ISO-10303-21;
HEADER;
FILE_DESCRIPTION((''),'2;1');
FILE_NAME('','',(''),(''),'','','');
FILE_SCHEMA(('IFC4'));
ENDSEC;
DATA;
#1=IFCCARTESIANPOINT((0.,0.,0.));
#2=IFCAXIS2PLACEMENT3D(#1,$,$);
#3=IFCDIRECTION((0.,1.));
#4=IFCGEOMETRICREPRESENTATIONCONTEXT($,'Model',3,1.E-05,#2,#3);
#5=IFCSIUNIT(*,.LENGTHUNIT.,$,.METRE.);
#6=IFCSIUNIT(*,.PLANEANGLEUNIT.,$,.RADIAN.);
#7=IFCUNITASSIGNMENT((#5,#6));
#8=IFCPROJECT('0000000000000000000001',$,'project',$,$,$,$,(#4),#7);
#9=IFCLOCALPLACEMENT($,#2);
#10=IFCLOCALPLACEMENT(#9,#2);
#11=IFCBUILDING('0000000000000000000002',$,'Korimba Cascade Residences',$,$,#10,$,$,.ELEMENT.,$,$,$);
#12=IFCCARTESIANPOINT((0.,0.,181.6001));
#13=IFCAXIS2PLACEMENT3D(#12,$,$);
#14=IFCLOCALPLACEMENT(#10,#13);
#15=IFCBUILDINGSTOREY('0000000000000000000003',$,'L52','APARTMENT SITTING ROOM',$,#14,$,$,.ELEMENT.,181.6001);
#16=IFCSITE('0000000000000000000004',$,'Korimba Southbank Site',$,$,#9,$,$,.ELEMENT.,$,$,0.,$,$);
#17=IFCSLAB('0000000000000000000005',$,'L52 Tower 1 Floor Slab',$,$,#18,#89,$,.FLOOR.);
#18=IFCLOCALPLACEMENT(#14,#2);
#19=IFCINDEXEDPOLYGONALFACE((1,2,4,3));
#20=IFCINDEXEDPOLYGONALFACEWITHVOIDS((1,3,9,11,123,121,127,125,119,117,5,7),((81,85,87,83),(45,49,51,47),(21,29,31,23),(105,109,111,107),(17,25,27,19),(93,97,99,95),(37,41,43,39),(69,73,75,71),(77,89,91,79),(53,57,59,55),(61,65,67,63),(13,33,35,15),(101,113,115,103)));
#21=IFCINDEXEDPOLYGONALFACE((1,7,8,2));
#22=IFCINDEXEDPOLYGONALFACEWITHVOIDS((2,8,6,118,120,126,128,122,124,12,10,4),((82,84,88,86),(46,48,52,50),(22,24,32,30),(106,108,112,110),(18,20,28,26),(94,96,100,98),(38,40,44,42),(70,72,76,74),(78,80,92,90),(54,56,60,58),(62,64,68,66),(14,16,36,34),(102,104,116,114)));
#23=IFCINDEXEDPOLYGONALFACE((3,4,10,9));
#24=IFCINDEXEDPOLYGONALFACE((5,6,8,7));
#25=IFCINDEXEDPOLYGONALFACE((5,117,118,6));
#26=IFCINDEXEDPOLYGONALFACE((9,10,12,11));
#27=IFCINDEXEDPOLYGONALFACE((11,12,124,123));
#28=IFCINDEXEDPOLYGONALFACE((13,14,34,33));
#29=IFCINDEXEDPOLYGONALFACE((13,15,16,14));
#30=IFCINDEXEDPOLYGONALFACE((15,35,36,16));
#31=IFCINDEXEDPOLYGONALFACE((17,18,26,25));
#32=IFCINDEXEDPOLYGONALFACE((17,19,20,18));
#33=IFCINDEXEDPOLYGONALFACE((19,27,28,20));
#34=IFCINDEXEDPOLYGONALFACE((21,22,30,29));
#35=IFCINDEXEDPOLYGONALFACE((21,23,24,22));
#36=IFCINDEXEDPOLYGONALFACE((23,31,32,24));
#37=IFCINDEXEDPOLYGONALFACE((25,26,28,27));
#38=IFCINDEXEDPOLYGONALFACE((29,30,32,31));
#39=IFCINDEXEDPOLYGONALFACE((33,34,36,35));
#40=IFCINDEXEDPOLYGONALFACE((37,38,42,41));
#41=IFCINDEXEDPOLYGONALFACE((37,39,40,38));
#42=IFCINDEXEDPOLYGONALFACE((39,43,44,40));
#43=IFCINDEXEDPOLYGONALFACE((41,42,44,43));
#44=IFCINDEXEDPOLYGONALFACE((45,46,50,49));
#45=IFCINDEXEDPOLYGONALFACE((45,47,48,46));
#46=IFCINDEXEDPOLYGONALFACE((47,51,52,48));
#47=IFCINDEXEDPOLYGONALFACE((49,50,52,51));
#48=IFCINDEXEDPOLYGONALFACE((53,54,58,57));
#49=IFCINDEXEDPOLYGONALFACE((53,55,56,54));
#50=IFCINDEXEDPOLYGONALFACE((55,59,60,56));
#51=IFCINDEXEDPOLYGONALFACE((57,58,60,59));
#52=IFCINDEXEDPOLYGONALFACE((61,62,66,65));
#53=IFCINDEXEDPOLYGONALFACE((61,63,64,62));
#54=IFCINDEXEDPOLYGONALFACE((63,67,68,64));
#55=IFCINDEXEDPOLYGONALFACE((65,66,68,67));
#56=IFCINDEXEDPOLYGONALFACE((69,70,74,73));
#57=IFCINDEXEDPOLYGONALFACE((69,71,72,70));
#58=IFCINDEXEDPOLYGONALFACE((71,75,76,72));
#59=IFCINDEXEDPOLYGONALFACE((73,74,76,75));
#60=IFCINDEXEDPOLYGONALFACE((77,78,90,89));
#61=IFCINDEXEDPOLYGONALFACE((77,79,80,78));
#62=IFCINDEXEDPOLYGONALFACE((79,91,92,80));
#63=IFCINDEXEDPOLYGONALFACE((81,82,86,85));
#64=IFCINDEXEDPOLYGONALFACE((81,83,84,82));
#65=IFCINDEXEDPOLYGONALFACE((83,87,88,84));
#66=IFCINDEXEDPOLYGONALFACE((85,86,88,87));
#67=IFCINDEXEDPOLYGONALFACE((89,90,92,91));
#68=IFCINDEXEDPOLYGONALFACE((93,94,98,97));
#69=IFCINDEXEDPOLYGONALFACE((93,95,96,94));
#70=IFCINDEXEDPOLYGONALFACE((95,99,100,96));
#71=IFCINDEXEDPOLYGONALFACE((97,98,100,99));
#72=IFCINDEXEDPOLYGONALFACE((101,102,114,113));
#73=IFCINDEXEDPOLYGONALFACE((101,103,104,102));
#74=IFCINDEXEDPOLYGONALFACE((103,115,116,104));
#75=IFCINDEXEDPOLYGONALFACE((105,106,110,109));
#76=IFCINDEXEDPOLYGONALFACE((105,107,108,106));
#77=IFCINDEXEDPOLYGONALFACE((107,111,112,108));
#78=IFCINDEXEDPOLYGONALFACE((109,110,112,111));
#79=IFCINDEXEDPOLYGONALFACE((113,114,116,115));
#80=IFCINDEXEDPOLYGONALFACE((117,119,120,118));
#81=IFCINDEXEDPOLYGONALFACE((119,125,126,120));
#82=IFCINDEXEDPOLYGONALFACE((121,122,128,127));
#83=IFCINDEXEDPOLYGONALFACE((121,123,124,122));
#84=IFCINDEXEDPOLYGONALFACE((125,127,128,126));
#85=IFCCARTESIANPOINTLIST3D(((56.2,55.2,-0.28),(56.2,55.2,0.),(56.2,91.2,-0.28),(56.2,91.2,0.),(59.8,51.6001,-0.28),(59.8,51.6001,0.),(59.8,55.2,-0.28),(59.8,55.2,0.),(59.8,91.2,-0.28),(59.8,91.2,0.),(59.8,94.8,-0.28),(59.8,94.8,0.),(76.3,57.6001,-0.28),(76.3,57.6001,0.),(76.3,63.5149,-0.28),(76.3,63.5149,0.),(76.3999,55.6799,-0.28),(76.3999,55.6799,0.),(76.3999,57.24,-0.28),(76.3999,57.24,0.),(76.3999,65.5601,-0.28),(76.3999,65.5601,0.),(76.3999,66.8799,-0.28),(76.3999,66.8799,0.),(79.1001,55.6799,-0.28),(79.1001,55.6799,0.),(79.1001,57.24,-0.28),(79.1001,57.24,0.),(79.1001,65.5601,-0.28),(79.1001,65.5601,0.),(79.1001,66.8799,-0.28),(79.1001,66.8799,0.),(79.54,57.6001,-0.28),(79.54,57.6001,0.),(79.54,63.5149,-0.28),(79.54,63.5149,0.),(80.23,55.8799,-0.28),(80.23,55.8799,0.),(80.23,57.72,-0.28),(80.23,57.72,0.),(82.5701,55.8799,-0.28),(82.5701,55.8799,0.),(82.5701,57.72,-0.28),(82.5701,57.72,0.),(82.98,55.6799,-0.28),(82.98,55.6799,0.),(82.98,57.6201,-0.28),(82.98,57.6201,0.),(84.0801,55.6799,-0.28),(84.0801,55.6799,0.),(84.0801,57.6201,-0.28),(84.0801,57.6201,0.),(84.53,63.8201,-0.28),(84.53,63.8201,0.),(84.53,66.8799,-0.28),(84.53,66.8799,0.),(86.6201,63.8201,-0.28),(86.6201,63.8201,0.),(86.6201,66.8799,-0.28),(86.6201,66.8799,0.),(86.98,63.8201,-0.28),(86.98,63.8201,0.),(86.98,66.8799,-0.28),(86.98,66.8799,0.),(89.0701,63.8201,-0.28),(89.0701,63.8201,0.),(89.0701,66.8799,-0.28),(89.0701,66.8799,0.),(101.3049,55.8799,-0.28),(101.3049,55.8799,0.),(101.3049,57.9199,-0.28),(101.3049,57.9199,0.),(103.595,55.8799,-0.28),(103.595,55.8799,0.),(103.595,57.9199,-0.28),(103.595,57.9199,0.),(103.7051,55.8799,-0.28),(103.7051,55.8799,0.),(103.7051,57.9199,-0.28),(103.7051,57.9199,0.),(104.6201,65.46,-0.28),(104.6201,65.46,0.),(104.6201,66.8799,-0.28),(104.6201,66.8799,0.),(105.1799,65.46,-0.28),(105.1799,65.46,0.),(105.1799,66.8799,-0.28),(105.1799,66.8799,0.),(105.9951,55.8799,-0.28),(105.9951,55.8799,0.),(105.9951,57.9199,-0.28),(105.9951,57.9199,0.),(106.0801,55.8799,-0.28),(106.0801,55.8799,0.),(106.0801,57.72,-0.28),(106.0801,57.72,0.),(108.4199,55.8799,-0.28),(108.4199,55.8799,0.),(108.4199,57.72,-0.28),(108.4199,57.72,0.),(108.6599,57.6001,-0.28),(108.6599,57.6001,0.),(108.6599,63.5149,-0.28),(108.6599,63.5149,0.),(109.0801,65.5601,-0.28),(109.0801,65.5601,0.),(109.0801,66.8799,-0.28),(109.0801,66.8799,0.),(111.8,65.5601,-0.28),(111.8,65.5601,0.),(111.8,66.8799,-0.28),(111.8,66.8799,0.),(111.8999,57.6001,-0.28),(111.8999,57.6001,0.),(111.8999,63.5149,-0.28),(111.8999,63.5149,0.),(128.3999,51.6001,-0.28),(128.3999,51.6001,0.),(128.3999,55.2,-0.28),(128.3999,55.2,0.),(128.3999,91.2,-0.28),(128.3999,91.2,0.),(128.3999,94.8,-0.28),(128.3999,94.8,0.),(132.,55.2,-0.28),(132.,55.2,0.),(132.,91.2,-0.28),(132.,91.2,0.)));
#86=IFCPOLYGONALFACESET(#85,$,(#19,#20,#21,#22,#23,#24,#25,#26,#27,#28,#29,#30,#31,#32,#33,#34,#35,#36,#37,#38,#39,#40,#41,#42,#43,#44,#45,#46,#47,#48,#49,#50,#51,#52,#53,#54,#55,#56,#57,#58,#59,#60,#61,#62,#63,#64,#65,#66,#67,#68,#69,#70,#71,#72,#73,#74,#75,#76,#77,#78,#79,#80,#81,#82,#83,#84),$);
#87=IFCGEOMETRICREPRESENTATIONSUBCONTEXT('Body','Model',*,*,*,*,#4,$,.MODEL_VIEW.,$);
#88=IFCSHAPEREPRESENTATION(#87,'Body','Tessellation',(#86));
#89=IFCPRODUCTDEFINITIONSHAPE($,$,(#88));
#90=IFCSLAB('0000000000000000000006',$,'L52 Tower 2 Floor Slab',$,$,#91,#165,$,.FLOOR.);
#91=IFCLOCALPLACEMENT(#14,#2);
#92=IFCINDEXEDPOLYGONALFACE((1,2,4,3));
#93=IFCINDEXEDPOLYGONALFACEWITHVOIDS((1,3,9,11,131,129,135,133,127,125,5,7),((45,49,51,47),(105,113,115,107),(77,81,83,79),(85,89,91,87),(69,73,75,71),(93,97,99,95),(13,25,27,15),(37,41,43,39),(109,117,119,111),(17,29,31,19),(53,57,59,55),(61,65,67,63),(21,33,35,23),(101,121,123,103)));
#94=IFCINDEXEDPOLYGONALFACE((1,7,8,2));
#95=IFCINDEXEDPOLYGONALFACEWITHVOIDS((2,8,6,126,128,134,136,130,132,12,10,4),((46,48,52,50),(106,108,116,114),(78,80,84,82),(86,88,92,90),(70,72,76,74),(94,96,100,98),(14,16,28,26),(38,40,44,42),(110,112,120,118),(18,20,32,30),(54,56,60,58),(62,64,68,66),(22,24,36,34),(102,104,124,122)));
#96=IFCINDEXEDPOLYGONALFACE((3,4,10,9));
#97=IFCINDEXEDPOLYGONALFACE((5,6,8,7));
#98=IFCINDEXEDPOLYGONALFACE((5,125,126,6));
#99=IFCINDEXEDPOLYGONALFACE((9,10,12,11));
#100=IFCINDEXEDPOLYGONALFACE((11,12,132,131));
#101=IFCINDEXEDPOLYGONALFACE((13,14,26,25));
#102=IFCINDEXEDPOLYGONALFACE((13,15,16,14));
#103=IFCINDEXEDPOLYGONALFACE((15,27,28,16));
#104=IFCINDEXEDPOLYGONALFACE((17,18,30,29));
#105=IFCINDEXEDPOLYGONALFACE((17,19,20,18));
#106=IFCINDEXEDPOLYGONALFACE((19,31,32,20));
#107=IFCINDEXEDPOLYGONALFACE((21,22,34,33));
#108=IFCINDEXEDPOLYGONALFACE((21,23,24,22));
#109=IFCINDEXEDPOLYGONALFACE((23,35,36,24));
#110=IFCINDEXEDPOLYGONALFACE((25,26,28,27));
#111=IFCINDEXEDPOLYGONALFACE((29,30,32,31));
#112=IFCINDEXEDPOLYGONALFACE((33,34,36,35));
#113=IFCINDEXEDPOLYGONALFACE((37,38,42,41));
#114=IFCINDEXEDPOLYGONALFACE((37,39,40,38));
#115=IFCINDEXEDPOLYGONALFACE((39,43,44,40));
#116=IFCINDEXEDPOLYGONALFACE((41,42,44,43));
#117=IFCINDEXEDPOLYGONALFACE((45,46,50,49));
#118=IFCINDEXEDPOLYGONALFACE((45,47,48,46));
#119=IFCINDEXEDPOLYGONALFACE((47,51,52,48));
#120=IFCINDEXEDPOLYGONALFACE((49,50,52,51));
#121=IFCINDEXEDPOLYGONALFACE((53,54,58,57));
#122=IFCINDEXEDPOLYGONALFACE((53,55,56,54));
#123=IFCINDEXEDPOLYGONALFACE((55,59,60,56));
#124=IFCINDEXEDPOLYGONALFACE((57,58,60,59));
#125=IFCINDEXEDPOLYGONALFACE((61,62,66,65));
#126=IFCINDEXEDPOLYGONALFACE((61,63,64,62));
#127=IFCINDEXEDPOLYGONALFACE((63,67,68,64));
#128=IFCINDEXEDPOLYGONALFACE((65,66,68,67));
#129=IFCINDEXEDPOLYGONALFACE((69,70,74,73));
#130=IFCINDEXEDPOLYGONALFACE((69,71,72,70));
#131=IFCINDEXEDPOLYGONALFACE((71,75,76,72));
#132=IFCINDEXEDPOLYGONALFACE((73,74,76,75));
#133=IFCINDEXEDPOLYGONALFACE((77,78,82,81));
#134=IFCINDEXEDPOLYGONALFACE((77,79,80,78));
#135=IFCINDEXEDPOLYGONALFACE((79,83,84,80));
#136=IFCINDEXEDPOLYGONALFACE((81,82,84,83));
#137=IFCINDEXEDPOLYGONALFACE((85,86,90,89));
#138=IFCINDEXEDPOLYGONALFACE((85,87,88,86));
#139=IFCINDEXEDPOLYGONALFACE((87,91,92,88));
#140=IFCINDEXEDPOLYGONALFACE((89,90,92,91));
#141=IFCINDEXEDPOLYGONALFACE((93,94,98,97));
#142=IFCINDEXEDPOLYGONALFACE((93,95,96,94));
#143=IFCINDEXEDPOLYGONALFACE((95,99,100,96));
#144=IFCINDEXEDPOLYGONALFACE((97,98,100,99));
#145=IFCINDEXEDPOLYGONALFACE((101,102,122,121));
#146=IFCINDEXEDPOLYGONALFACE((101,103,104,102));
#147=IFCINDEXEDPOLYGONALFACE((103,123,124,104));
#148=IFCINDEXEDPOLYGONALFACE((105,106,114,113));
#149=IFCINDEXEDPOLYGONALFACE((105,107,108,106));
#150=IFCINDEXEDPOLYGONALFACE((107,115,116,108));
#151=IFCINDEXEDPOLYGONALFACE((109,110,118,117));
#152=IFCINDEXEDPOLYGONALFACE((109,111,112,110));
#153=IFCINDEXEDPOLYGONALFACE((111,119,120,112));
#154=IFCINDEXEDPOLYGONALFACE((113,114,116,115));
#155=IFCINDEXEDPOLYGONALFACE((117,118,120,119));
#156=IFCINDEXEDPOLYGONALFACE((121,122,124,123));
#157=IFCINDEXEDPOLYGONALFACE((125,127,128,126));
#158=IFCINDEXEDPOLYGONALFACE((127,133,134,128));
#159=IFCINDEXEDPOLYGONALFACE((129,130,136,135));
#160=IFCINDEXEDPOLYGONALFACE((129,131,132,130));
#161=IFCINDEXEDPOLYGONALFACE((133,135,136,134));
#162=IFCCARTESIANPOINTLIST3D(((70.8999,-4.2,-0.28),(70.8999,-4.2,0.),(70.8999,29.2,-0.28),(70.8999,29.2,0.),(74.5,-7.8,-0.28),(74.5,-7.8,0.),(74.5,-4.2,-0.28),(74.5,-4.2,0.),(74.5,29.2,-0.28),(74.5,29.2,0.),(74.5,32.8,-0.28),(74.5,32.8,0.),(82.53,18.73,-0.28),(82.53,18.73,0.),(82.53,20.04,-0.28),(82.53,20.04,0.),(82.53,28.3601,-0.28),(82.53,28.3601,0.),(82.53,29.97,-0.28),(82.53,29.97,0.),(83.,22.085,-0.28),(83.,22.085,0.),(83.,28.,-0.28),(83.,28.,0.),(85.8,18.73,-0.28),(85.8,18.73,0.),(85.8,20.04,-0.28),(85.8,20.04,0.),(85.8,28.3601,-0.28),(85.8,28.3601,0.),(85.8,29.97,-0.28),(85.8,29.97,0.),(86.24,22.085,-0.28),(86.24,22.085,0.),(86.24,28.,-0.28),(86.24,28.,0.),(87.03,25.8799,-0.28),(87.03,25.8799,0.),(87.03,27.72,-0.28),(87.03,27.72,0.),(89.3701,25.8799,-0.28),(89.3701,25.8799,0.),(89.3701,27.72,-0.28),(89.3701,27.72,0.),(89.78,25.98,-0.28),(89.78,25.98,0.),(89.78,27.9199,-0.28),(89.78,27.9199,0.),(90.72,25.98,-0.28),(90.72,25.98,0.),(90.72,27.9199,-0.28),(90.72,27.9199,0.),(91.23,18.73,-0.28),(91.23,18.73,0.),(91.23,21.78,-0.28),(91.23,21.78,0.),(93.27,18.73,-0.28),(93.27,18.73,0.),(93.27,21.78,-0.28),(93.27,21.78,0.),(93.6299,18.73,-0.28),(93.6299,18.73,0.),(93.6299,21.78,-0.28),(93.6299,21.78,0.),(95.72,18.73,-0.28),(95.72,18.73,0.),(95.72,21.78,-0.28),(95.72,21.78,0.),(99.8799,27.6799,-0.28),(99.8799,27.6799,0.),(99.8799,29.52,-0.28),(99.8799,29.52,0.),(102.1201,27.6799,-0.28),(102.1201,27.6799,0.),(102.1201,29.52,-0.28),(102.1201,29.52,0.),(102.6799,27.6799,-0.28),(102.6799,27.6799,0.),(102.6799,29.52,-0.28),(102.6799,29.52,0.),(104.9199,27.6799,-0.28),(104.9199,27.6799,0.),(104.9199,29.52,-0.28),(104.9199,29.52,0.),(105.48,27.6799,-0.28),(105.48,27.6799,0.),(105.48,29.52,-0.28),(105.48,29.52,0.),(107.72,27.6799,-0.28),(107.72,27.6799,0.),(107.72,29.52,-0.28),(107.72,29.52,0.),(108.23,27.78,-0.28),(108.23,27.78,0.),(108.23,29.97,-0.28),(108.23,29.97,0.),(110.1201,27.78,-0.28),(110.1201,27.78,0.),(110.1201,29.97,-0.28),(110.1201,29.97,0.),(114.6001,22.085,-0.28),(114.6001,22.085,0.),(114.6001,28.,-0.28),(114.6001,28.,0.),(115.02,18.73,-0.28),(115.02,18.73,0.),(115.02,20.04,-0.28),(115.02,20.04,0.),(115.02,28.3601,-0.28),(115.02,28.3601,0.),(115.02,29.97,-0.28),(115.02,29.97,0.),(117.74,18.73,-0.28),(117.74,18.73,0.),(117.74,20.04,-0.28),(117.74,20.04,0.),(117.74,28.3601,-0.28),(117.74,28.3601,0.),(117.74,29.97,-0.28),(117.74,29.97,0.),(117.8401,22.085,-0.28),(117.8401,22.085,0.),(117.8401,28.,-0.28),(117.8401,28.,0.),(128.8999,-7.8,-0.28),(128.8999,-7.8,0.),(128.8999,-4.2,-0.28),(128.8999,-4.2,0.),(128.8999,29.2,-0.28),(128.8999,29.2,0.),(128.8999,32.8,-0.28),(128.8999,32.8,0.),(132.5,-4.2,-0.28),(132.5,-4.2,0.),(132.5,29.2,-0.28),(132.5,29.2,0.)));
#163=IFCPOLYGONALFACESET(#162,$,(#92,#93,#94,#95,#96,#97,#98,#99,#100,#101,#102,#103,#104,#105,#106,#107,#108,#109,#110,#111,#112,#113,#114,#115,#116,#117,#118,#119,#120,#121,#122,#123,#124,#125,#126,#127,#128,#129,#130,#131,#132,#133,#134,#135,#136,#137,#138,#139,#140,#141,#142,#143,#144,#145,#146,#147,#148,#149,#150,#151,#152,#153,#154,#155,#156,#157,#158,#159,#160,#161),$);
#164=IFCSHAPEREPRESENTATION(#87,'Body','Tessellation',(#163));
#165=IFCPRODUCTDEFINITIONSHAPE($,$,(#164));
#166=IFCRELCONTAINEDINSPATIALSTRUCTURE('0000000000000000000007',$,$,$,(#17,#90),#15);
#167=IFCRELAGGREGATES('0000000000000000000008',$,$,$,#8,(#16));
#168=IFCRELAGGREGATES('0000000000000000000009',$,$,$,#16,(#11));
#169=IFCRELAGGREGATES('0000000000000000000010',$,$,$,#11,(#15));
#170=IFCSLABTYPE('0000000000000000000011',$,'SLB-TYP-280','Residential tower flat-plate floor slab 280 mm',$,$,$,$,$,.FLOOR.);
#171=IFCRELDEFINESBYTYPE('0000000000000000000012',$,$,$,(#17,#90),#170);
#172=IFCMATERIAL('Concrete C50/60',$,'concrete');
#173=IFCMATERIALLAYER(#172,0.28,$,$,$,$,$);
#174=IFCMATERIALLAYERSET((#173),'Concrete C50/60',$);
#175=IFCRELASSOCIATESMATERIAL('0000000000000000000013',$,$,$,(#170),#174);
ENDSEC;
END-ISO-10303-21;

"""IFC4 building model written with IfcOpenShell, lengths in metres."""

from ifc_helpers import new_model, si_unit, direction, frame, origin, place, context, subcontext, project, spatial, polyline, outline, extrude, material, layer, layer_set, type_object, element, save


model = new_model("IFC4")

# Units and contexts
model_context = context("Model", 3, precision=1e-05, world=origin(), true_north=direction((0.0, 1.0)))
body_context = subcontext(model_context, "Body", "Model", "MODEL_VIEW")
ifc_project = project(units=[si_unit("LENGTHUNIT", "METRE"), si_unit("PLANEANGLEUNIT", "RADIAN")], contexts=[model_context])

# Site, building, storey
site_placement = place(None, origin())
site = spatial("IfcSite", under=ifc_project, at=site_placement, Name="Korimba Southbank Site", CompositionType="ELEMENT", RefElevation=0.0)
building_placement = place(site_placement, origin())
building = spatial("IfcBuilding", under=site, at=building_placement, Name="Korimba Cascade Residences", CompositionType="ELEMENT")
storey_placement = place(building_placement, frame((0.0, 0.0, 181.6001)))
storey = spatial("IfcBuildingStorey", under=building, at=storey_placement, Name="L52", Description="APARTMENT SITTING ROOM", CompositionType="ELEMENT", Elevation=181.6001)

# Shared definitions
ifc_material_1 = material(Name="Concrete C50/60", Category="concrete")

# Slabs
ifc_layer_1 = layer(ifc_material_1, 0.28)
ifc_layer_set_1 = layer_set([ifc_layer_1], Name="Concrete C50/60")
slab_type_1 = type_object("IfcSlabType", Name="SLB-TYP-280", Description="Residential tower flat-plate floor slab 280 mm", PredefinedType="FLOOR", material=ifc_layer_set_1)
slab_1_placement = place(storey_placement, frame((0.0, 0.0, -0.28)))
element("IfcSlab", 1, at=slab_1_placement, inside=storey, type_object=slab_type_1, Name="L52 Tower 1 Floor Slab", PredefinedType="FLOOR", context=body_context, shape_type="SweptSolid", body=[
    extrude(outline(polyline([(59.8, 51.6001), (128.3999, 51.6001), (128.3999, 55.2), (132.0, 55.2), (132.0, 91.2), (128.3999, 91.2), (128.3999, 94.8), (59.8, 94.8), (59.8, 91.2), (56.2, 91.2), (56.2, 55.2), (59.8, 55.2), (59.8, 51.6001)]), holes=[polyline([(76.3, 63.5149), (76.3, 57.6001), (79.54, 57.6001), (79.54, 63.5149), (76.3, 63.5149)]), polyline([(108.6599, 63.5149), (108.6599, 57.6001), (111.8999, 57.6001), (111.8999, 63.5149), (108.6599, 63.5149)]), polyline([(80.23, 55.8799), (82.5701, 55.8799), (82.5701, 57.72), (80.23, 57.72), (80.23, 55.8799)]), polyline([(106.0801, 55.8799), (108.4199, 55.8799), (108.4199, 57.72), (106.0801, 57.72), (106.0801, 55.8799)]), polyline([(101.3049, 55.8799), (103.595, 55.8799), (103.595, 57.9199), (101.3049, 57.9199), (101.3049, 55.8799)]), polyline([(103.7051, 55.8799), (105.9951, 55.8799), (105.9951, 57.9199), (103.7051, 57.9199), (103.7051, 55.8799)]), polyline([(82.98, 55.6799), (84.0801, 55.6799), (84.0801, 57.6201), (82.98, 57.6201), (82.98, 55.6799)]), polyline([(76.3999, 65.5601), (79.1001, 65.5601), (79.1001, 66.8799), (76.3999, 66.8799), (76.3999, 65.5601)]), polyline([(76.3999, 55.6799), (79.1001, 55.6799), (79.1001, 57.24), (76.3999, 57.24), (76.3999, 55.6799)]), polyline([(84.53, 63.8201), (86.6201, 63.8201), (86.6201, 66.8799), (84.53, 66.8799), (84.53, 63.8201)]), polyline([(86.98, 63.8201), (89.0701, 63.8201), (89.0701, 66.8799), (86.98, 66.8799), (86.98, 63.8201)]), polyline([(104.6201, 65.46), (105.1799, 65.46), (105.1799, 66.8799), (104.6201, 66.8799), (104.6201, 65.46)]), polyline([(109.0801, 65.5601), (111.8, 65.5601), (111.8, 66.8799), (109.0801, 66.8799), (109.0801, 65.5601)])]), origin(), (0.0, 0.0, 1.0), 0.28),
])
slab_2_placement = place(storey_placement, frame((0.0, 0.0, -0.28)))
element("IfcSlab", 2, at=slab_2_placement, inside=storey, type_object=slab_type_1, Name="L52 Tower 2 Floor Slab", PredefinedType="FLOOR", context=body_context, shape_type="SweptSolid", body=[
    extrude(outline(polyline([(74.5, -7.8), (128.8999, -7.8), (128.8999, -4.2), (132.5, -4.2), (132.5, 29.2), (128.8999, 29.2), (128.8999, 32.8), (74.5, 32.8), (74.5, 29.2), (70.8999, 29.2), (70.8999, -4.2), (74.5, -4.2), (74.5, -7.8)]), holes=[polyline([(86.24, 22.085), (86.24, 28.0), (83.0, 28.0), (83.0, 22.085), (86.24, 22.085)]), polyline([(117.8401, 22.085), (117.8401, 28.0), (114.6001, 28.0), (114.6001, 22.085), (117.8401, 22.085)]), polyline([(87.03, 25.8799), (89.3701, 25.8799), (89.3701, 27.72), (87.03, 27.72), (87.03, 25.8799)]), polyline([(99.8799, 27.6799), (102.1201, 27.6799), (102.1201, 29.52), (99.8799, 29.52), (99.8799, 27.6799)]), polyline([(102.6799, 27.6799), (104.9199, 27.6799), (104.9199, 29.52), (102.6799, 29.52), (102.6799, 27.6799)]), polyline([(105.48, 27.6799), (107.72, 27.6799), (107.72, 29.52), (105.48, 29.52), (105.48, 27.6799)]), polyline([(89.78, 25.98), (90.72, 25.98), (90.72, 27.9199), (89.78, 27.9199), (89.78, 25.98)]), polyline([(82.53, 18.73), (85.8, 18.73), (85.8, 20.04), (82.53, 20.04), (82.53, 18.73)]), polyline([(82.53, 28.3601), (85.8, 28.3601), (85.8, 29.97), (82.53, 29.97), (82.53, 28.3601)]), polyline([(108.23, 27.78), (110.1201, 27.78), (110.1201, 29.97), (108.23, 29.97), (108.23, 27.78)]), polyline([(91.23, 18.73), (93.27, 18.73), (93.27, 21.78), (91.23, 21.78), (91.23, 18.73)]), polyline([(93.6299, 18.73), (95.72, 18.73), (95.72, 21.78), (93.6299, 21.78), (93.6299, 18.73)]), polyline([(115.02, 18.73), (117.74, 18.73), (117.74, 20.04), (115.02, 20.04), (115.02, 18.73)]), polyline([(115.02, 28.3601), (117.74, 28.3601), (117.74, 29.97), (115.02, 29.97), (115.02, 28.3601)])]), origin(), (0.0, 0.0, 1.0), 0.28),
])

save(model, "model.ifc")
